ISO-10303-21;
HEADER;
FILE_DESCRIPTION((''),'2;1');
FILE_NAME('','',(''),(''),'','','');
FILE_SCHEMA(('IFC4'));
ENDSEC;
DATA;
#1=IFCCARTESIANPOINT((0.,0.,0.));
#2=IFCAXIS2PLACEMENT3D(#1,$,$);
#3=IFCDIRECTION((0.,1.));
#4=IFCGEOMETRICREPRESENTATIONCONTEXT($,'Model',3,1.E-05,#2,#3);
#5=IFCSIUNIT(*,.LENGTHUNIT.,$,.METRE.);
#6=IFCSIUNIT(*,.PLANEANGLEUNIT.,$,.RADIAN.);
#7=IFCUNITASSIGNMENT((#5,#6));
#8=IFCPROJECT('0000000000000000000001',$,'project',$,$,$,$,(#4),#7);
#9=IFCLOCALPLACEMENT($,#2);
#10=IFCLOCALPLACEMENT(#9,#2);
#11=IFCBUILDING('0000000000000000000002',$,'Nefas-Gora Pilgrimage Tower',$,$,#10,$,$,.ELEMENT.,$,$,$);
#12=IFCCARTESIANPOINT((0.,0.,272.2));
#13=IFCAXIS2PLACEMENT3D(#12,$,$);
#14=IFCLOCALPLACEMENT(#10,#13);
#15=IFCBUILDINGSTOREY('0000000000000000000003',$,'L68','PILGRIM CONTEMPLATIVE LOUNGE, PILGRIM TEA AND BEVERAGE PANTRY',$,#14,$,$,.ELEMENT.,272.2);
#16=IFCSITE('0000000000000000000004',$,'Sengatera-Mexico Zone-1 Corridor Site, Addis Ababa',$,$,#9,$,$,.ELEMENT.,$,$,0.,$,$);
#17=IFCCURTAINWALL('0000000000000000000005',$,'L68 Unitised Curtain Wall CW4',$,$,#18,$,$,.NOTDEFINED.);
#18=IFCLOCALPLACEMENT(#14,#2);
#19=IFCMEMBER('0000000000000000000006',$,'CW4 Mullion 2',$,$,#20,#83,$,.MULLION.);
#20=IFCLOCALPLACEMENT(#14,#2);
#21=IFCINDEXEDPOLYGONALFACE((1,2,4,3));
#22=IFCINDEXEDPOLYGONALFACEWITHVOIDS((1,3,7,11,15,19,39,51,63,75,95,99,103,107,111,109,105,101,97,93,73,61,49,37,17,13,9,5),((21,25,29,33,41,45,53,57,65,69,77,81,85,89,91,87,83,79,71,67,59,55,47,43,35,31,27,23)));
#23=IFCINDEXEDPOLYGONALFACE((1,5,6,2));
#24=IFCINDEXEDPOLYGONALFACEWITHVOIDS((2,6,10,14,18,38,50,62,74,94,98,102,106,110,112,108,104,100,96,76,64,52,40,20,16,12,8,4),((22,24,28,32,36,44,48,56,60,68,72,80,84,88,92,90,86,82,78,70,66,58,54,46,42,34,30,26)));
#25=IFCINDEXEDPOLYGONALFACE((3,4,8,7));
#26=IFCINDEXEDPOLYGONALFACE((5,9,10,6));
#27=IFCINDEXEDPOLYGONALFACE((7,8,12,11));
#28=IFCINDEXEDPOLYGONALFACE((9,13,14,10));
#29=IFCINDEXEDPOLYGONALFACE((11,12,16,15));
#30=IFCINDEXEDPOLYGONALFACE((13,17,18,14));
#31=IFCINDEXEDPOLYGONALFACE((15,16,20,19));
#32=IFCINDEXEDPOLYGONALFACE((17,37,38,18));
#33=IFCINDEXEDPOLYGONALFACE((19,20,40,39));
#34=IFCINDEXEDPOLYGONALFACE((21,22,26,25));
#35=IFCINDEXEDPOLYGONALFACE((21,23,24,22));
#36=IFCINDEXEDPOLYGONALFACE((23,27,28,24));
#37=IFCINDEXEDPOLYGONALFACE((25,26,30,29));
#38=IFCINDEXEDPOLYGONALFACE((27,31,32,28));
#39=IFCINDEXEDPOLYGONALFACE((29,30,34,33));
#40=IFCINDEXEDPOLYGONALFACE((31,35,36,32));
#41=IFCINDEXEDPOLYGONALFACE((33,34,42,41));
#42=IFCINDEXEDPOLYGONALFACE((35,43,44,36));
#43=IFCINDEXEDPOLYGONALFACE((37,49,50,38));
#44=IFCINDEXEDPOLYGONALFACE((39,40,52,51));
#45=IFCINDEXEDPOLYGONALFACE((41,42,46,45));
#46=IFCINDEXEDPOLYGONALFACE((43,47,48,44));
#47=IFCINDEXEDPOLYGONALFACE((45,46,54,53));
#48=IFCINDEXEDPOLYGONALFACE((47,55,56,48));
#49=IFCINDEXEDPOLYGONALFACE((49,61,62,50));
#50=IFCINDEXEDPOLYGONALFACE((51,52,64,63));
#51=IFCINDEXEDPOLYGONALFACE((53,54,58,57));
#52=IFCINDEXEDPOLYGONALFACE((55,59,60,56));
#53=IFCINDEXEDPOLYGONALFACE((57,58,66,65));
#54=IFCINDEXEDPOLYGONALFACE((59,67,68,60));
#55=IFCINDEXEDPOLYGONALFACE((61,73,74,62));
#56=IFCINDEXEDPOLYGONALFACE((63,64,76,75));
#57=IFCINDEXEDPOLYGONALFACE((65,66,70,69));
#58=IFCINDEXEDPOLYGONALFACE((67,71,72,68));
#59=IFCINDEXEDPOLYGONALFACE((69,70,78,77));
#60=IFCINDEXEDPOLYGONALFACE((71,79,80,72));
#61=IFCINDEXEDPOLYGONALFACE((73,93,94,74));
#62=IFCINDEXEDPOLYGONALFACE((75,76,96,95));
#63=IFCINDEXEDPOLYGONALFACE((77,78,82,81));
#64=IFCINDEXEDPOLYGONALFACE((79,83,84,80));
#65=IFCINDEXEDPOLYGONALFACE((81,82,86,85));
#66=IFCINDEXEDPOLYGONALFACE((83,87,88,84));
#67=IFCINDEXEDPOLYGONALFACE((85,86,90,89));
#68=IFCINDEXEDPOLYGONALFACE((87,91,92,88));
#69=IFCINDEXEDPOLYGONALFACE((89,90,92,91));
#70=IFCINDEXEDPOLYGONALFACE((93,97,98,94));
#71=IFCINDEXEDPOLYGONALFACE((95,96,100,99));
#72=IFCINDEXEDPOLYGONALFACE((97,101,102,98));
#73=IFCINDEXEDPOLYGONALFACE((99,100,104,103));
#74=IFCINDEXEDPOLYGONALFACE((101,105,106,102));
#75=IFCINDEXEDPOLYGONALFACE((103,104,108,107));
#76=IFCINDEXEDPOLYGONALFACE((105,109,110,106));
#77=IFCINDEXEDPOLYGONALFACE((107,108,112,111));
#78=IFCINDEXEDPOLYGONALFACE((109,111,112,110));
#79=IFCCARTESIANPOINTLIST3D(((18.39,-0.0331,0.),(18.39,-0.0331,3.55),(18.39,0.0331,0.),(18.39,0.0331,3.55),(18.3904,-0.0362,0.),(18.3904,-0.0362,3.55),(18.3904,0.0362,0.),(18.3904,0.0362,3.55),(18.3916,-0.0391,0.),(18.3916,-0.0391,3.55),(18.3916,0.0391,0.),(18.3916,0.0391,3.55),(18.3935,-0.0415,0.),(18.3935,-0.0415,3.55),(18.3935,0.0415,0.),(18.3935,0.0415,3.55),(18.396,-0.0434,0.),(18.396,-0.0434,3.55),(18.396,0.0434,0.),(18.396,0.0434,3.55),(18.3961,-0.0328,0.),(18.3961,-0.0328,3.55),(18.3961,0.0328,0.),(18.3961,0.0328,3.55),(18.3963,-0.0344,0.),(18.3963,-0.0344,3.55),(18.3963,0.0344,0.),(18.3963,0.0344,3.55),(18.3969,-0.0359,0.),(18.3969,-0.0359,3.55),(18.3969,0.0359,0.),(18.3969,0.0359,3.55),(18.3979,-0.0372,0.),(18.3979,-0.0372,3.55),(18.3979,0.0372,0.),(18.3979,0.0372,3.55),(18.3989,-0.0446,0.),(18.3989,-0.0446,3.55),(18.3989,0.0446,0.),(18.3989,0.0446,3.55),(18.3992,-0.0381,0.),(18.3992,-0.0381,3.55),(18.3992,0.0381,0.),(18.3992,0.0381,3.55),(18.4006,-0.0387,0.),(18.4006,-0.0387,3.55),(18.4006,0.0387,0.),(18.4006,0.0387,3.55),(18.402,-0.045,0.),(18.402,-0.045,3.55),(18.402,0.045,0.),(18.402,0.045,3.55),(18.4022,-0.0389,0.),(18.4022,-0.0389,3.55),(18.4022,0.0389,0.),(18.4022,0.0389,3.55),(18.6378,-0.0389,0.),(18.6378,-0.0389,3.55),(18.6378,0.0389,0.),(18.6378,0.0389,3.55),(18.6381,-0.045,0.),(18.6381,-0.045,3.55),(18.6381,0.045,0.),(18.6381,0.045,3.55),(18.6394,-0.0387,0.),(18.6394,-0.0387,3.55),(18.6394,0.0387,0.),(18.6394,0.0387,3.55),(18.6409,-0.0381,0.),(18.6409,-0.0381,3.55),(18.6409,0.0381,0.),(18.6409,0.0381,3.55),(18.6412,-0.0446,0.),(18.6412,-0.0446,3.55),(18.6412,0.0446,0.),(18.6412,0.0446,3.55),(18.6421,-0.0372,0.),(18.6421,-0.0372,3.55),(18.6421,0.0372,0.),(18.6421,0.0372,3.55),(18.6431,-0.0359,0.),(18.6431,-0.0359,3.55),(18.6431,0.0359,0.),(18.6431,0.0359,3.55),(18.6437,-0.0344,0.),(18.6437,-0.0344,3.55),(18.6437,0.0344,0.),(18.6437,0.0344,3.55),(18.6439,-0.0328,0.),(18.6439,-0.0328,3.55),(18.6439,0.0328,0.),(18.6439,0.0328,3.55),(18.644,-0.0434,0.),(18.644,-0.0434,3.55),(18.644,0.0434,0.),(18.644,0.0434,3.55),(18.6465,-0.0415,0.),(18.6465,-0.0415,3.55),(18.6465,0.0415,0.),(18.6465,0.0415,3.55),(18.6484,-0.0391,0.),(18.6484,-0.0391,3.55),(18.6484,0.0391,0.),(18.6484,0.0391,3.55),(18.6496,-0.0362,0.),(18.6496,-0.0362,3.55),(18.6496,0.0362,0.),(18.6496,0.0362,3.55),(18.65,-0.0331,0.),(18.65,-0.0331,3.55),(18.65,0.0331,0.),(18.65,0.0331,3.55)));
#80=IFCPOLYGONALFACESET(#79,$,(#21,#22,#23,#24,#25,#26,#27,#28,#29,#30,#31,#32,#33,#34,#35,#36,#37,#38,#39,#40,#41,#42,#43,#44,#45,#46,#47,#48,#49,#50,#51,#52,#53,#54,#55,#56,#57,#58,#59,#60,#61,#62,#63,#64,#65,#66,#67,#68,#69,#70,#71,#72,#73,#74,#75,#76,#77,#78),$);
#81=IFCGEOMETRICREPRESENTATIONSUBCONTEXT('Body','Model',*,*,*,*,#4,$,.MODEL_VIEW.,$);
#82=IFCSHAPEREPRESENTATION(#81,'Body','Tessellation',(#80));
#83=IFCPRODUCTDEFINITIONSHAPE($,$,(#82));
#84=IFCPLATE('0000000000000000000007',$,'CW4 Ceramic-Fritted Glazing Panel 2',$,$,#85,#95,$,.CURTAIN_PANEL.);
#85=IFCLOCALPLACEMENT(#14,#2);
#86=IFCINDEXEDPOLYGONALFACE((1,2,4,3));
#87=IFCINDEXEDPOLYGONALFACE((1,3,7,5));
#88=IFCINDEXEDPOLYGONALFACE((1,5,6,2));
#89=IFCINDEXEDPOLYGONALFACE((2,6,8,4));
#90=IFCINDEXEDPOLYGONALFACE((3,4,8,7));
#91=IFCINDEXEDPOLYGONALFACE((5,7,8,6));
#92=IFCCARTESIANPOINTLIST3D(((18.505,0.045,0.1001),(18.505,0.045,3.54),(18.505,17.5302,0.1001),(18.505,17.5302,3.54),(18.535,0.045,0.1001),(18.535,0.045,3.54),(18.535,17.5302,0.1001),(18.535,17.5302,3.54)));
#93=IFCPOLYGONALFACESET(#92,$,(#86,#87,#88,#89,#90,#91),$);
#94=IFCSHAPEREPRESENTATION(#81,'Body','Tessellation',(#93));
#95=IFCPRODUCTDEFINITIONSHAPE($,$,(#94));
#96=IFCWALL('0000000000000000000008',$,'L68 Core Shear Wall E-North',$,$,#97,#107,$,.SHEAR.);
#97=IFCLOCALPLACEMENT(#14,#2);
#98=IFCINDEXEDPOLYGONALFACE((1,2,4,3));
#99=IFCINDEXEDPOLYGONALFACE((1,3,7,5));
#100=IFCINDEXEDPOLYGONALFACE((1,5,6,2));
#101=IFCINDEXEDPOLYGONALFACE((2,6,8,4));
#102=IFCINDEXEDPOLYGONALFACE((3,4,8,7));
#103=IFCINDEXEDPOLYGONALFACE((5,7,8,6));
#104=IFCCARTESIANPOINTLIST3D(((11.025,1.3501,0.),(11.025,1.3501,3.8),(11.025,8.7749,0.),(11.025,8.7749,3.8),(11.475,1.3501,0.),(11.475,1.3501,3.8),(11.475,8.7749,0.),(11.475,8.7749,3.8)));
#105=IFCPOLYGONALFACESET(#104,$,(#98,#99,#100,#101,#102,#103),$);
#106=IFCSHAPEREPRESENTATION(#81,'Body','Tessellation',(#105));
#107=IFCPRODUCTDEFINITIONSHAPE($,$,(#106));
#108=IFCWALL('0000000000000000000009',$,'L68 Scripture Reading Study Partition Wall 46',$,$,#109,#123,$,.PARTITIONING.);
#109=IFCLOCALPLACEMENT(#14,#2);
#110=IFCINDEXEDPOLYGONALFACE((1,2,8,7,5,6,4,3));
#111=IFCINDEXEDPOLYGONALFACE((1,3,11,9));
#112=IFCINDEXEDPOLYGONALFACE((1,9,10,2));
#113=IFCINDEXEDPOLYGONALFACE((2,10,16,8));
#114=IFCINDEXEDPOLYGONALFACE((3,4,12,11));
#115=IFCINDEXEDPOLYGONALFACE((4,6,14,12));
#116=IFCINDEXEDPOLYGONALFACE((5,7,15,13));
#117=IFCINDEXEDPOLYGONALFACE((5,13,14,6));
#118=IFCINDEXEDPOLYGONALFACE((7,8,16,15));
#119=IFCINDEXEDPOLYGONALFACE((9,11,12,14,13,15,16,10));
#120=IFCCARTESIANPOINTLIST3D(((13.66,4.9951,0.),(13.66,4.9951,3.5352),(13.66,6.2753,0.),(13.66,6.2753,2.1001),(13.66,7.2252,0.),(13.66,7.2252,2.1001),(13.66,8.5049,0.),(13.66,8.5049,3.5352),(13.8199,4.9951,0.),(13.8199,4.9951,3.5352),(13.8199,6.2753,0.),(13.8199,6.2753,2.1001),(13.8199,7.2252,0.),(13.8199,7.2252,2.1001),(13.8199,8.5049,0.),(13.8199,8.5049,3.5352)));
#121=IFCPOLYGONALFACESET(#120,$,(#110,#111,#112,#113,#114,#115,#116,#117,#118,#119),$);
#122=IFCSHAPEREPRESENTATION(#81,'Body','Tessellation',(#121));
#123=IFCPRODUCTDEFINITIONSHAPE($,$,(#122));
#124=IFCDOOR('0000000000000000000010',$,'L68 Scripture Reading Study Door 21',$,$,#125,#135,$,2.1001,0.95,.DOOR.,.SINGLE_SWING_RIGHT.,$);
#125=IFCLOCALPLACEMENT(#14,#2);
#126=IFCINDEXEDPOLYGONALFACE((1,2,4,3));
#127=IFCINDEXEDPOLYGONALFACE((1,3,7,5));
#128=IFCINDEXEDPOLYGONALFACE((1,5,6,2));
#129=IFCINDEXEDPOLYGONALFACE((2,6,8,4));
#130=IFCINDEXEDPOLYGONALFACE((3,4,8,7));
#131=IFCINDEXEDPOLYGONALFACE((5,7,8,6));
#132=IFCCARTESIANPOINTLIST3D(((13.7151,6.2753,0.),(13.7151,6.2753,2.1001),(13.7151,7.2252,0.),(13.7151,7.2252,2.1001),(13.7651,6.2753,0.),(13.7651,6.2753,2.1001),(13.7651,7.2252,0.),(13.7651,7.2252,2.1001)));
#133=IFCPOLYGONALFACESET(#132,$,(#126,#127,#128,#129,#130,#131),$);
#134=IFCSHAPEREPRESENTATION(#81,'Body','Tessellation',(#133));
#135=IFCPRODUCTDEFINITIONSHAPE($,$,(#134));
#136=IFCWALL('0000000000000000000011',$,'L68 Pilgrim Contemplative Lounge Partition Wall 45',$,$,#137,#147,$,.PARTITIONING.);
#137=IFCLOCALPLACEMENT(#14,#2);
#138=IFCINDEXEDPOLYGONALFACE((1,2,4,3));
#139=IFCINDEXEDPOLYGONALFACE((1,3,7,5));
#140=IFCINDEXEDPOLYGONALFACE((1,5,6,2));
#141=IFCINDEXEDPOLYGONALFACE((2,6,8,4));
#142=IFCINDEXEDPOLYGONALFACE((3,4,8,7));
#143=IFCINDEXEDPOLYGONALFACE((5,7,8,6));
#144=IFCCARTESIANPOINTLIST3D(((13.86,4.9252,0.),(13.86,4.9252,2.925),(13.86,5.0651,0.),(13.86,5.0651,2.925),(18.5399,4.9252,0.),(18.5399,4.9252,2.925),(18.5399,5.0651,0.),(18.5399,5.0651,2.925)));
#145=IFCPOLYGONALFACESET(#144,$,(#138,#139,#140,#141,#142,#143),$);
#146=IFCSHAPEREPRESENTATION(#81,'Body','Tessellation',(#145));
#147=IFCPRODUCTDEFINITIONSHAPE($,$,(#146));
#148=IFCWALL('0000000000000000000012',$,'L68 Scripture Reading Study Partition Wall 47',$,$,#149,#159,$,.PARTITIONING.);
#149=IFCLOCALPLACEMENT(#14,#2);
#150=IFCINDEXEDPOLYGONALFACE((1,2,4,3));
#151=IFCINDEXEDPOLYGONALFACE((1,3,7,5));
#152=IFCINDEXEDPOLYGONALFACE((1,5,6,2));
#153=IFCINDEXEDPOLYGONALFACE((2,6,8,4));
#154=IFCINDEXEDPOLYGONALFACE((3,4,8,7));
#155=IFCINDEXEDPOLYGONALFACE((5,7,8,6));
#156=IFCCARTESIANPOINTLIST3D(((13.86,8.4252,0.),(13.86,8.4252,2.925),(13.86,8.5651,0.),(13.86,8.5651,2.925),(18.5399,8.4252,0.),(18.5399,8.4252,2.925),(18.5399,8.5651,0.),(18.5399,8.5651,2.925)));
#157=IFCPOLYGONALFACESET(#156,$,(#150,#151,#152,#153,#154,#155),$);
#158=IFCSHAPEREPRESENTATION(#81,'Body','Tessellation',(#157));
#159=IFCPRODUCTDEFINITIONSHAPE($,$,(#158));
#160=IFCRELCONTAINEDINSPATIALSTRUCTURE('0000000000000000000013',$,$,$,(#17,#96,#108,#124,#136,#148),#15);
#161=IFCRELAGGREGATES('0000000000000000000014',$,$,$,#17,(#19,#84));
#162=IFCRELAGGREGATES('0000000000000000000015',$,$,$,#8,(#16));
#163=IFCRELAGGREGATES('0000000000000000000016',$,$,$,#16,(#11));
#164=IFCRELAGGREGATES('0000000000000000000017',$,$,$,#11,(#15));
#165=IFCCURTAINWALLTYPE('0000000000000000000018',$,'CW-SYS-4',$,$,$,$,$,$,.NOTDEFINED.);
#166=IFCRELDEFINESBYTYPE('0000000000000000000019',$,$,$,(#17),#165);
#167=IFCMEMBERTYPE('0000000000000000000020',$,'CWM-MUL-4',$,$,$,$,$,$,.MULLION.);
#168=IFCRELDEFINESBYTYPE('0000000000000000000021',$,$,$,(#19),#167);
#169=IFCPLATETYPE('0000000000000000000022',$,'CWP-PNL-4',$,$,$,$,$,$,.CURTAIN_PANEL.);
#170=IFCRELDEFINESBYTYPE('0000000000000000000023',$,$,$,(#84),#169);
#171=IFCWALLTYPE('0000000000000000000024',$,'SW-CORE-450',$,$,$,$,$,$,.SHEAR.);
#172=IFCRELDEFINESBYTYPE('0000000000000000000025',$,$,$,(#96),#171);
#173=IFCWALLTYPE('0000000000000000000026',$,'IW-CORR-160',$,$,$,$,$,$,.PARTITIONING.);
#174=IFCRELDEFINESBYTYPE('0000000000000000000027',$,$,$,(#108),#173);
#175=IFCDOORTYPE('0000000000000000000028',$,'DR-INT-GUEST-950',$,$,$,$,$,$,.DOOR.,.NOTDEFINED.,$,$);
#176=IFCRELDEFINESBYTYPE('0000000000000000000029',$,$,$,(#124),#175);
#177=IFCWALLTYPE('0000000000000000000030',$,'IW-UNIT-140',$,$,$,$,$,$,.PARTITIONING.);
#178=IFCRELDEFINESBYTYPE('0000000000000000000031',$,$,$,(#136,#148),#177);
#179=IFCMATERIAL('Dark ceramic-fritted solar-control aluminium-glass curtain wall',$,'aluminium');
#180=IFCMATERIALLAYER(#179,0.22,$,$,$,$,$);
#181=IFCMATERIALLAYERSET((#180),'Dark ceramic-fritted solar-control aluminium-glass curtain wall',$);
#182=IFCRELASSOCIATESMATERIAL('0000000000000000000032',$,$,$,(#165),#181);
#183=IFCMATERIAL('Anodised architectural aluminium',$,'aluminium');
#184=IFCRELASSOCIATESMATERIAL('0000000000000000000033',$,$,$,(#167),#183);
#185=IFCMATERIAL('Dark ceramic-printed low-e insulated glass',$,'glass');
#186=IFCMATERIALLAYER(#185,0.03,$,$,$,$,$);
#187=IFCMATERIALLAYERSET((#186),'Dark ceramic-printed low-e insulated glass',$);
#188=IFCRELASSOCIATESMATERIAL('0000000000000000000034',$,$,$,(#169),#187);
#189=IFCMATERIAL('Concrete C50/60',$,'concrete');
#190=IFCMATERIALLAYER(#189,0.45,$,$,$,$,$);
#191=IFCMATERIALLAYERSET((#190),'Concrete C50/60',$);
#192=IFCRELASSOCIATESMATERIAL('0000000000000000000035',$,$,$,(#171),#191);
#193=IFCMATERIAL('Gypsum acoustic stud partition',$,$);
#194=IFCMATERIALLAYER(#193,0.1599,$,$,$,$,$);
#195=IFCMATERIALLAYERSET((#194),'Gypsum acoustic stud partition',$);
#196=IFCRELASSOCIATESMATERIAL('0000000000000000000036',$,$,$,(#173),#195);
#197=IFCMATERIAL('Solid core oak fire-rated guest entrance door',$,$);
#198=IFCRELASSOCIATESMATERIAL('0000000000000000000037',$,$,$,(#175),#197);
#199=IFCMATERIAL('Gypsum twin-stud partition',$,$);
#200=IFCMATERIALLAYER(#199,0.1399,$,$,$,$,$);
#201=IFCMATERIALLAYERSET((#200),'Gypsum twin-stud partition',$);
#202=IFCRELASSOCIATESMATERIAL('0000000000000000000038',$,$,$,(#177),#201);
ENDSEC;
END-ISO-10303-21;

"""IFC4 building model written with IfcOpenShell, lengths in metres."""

from ifc_helpers import new_model, si_unit, direction, frame, frame_2d, origin, origin_2d, place, context, subcontext, project, spatial, rectangle, hollow_rectangle, extrude, source, transform, mapped, material, layer, layer_set, material_profile, profile_set, type_object, element, fill, aggregate, save


model = new_model("IFC4")

# Units and contexts
model_context = context("Model", 3, precision=1e-05, world=origin(), true_north=direction((0.0, 1.0)))
body_context = subcontext(model_context, "Body", "Model", "MODEL_VIEW")
ifc_project = project(units=[si_unit("LENGTHUNIT", "METRE"), si_unit("PLANEANGLEUNIT", "RADIAN")], contexts=[model_context])

# Site, building, storey
site_placement = place(None, origin())
site = spatial("IfcSite", under=ifc_project, at=site_placement, Name="Sengatera-Mexico Zone-1 Corridor Site, Addis Ababa", CompositionType="ELEMENT", RefElevation=0.0)
building_placement = place(site_placement, origin())
building = spatial("IfcBuilding", under=site, at=building_placement, Name="Nefas-Gora Pilgrimage Tower", CompositionType="ELEMENT")
storey_placement = place(building_placement, frame((0.0, 0.0, 272.2)))
storey = spatial("IfcBuildingStorey", under=building, at=storey_placement, Name="L68", Description="PILGRIM CONTEMPLATIVE LOUNGE, PILGRIM TEA AND BEVERAGE PANTRY", CompositionType="ELEMENT", Elevation=272.2)

# Curtain wall, member, plate
ifc_material_1 = material(Name="Dark ceramic-fritted solar-control aluminium-glass curtain wall", Category="aluminium")
ifc_layer_1 = layer(ifc_material_1, 0.22)
ifc_layer_set_1 = layer_set([ifc_layer_1], Name="Dark ceramic-fritted solar-control aluminium-glass curtain wall")
curtain_wall_type = type_object("IfcCurtainWallType", Name="CW-SYS-4", PredefinedType="NOTDEFINED", material=ifc_layer_set_1)
curtain_wall_placement = place(storey_placement, origin())
curtain_wall = element("IfcCurtainWall", 1, at=curtain_wall_placement, inside=storey, type_object=curtain_wall_type, Name="L68 Unitised Curtain Wall CW4", PredefinedType="NOTDEFINED")
ifc_material_2 = material(Name="Anodised architectural aluminium", Category="aluminium")
ifc_material_profile_1 = material_profile(ifc_material_2, hollow_rectangle(XDim=0.0901, YDim=0.26, WallThickness=0.0061, InnerFilletRadius=0.0061, OuterFilletRadius=0.012, at=origin_2d()), Name="ALU MULLION 90x260")
ifc_profile_set_1 = profile_set([ifc_material_profile_1], Name="Anodised architectural aluminium")
member_type = type_object("IfcMemberType", Name="CWM-MUL-4", PredefinedType="MULLION", material=ifc_profile_set_1)
shared_shape_1 = source(origin(), body_context, "Body", "SweptSolid", [
    extrude(hollow_rectangle(XDim=0.0901, YDim=0.26, WallThickness=0.0061, InnerFilletRadius=0.0061, OuterFilletRadius=0.012, at=origin_2d()), origin(), (0.0, 0.0, 1.0), 3.55),
])
member_placement = place(storey_placement, frame((18.52, 0.0, 0.0), z_axis=(0.0, 0.0, 1.0), x_axis=(0.0, 1.0, 0.0)))
member = element("IfcMember", 2, at=member_placement, type_object=member_type, Name="CW4 Mullion 2", PredefinedType="MULLION", context=body_context, shape_type="MappedRepresentation", body=[
    mapped(shared_shape_1, transform((0.0, 0.0, 0.0), x_axis=(1.0, 0.0, 0.0), y_axis=(0.0, 1.0, 0.0), z_axis=(0.0, 0.0, 1.0), scale=1.0)),
])
ifc_material_3 = material(Name="Dark ceramic-printed low-e insulated glass", Category="glass")
ifc_layer_2 = layer(ifc_material_3, 0.03)
ifc_layer_set_2 = layer_set([ifc_layer_2], Name="Dark ceramic-printed low-e insulated glass")
plate_type = type_object("IfcPlateType", Name="CWP-PNL-4", PredefinedType="CURTAIN_PANEL", material=ifc_layer_set_2)
shared_shape_2 = source(origin(), body_context, "Body", "SweptSolid", [
    extrude(rectangle(XDim=17.4851, YDim=0.03, at=origin_2d()), origin(), (0.0, 0.0, 1.0), 3.4399),
])
plate_placement = place(storey_placement, frame((18.52, 8.7876, 0.1001), z_axis=(0.0, 0.0, 1.0), x_axis=(0.0, 1.0, 0.0)))
plate = element("IfcPlate", 3, at=plate_placement, type_object=plate_type, Name="CW4 Ceramic-Fritted Glazing Panel 2", PredefinedType="CURTAIN_PANEL", context=body_context, shape_type="MappedRepresentation", body=[
    mapped(shared_shape_2, transform((0.0, 0.0, 0.0), x_axis=(1.0, 0.0, 0.0), y_axis=(0.0, 1.0, 0.0), z_axis=(0.0, 0.0, 1.0), scale=1.0)),
])
aggregate(curtain_wall, [member, plate])

# Wall
ifc_material_4 = material(Name="Concrete C50/60", Category="concrete")
ifc_layer_3 = layer(ifc_material_4, 0.45)
ifc_layer_set_3 = layer_set([ifc_layer_3], Name="Concrete C50/60")
wall_type_1 = type_object("IfcWallType", Name="SW-CORE-450", PredefinedType="SHEAR", material=ifc_layer_set_3)
shared_shape_3 = source(origin(), body_context, "Body", "SweptSolid", [
    extrude(rectangle(XDim=7.4248, YDim=0.45, at=frame_2d((3.7124, 0.0))), origin(), (0.0, 0.0, 1.0), 3.8),
])
wall_1_placement = place(storey_placement, frame((11.25, 1.3501, 0.0), z_axis=(0.0, 0.0, 1.0), x_axis=(0.0, 1.0, 0.0)))
element("IfcWall", 4, at=wall_1_placement, inside=storey, type_object=wall_type_1, Name="L68 Core Shear Wall E-North", PredefinedType="SHEAR", context=body_context, shape_type="MappedRepresentation", body=[
    mapped(shared_shape_3, transform((0.0, 0.0, 0.0), x_axis=(1.0, 0.0, 0.0), y_axis=(0.0, 1.0, 0.0), z_axis=(0.0, 0.0, 1.0), scale=1.0)),
])

# Wall, opening, door
ifc_material_5 = material(Name="Gypsum acoustic stud partition")
ifc_layer_4 = layer(ifc_material_5, 0.1599)
ifc_layer_set_4 = layer_set([ifc_layer_4], Name="Gypsum acoustic stud partition")
wall_type_2 = type_object("IfcWallType", Name="IW-CORR-160", PredefinedType="PARTITIONING", material=ifc_layer_set_4)
shared_shape_4 = source(origin(), body_context, "Body", "SweptSolid", [
    extrude(rectangle(XDim=3.5098, YDim=0.1599, at=frame_2d((1.7549, 0.0))), origin(), (0.0, 0.0, 1.0), 3.5352),
])
wall_2_placement = place(storey_placement, frame((13.74, 4.9951, 0.0), z_axis=(0.0, 0.0, 1.0), x_axis=(0.0, 1.0, 0.0)))
wall_2 = element("IfcWall", 5, at=wall_2_placement, inside=storey, type_object=wall_type_2, Name="L68 Scripture Reading Study Partition Wall 46", PredefinedType="PARTITIONING", context=body_context, shape_type="MappedRepresentation", body=[
    mapped(shared_shape_4, transform((0.0, 0.0, 0.0), x_axis=(1.0, 0.0, 0.0), y_axis=(0.0, 1.0, 0.0), z_axis=(0.0, 0.0, 1.0), scale=1.0)),
])
opening_1_placement = place(wall_2_placement, frame((1.28, 0.0, 0.0)))
opening_1 = element("IfcOpeningElement", 6, at=opening_1_placement, cuts=wall_2, PredefinedType="OPENING", context=body_context, shape_type="SweptSolid", body=[
    extrude(rectangle(XDim=0.95, YDim=2.1001, at=frame_2d((0.4751, 1.05))), frame((0.0, 0.0898, 0.0), z_axis=(0.0, -1.0, 0.0), x_axis=(1.0, 0.0, 0.0)), (0.0, 0.0, 1.0), 0.1799),
])
ifc_material_6 = material(Name="Solid core oak fire-rated guest entrance door")
door_type = type_object("IfcDoorType", Name="DR-INT-GUEST-950", OperationType="NOTDEFINED", PredefinedType="DOOR", material=ifc_material_6)
shared_shape_5 = source(origin(), body_context, "Body", "SweptSolid", [
    extrude(rectangle(XDim=0.95, YDim=2.1001, at=frame_2d((0.4751, 1.05))), frame((0.0, 0.0249, 0.0), z_axis=(0.0, -1.0, 0.0), x_axis=(1.0, 0.0, 0.0)), (0.0, 0.0, 1.0), 0.05),
])
door_1_placement = place(opening_1_placement, origin())
door_1 = element("IfcDoor", 7, at=door_1_placement, inside=storey, type_object=door_type, Name="L68 Scripture Reading Study Door 21", OperationType="SINGLE_SWING_RIGHT", OverallHeight=2.1001, OverallWidth=0.95, PredefinedType="DOOR", context=body_context, shape_type="MappedRepresentation", body=[
    mapped(shared_shape_5, transform((0.0, 0.0, 0.0), x_axis=(1.0, 0.0, 0.0), y_axis=(0.0, 1.0, 0.0), z_axis=(0.0, 0.0, 1.0), scale=1.0)),
])
fill(opening_1, door_1)

# Walls
ifc_material_7 = material(Name="Gypsum twin-stud partition")
ifc_layer_5 = layer(ifc_material_7, 0.1399)
ifc_layer_set_5 = layer_set([ifc_layer_5], Name="Gypsum twin-stud partition")
wall_type_3 = type_object("IfcWallType", Name="IW-UNIT-140", PredefinedType="PARTITIONING", material=ifc_layer_set_5)
shared_shape_6 = source(origin(), body_context, "Body", "SweptSolid", [
    extrude(rectangle(XDim=4.6799, YDim=0.1399, at=frame_2d((2.3398, 0.0))), origin(), (0.0, 0.0, 1.0), 2.925),
])
for number, where, z_axis, x_axis, name in (
    (8, (13.8601, 4.9951, 0.0), (0.0, 0.0, 1.0), (1.0, 0.0, 0.0), "L68 Pilgrim Contemplative Lounge Partition Wall 45"),
    (9, (13.8601, 8.4951, 0.0), (0.0, 0.0, 1.0), (1.0, 0.0, 0.0), "L68 Scripture Reading Study Partition Wall 47"),
):
    element("IfcWall", number, at=place(storey_placement, frame(where, z_axis=z_axis, x_axis=x_axis)), inside=storey, type_object=wall_type_3, Name=name, PredefinedType="PARTITIONING", context=body_context, shape_type="MappedRepresentation", body=[
        mapped(shared_shape_6, transform((0.0, 0.0, 0.0), x_axis=(1.0, 0.0, 0.0), y_axis=(0.0, 1.0, 0.0), z_axis=(0.0, 0.0, 1.0), scale=1.0)),
    ])

save(model, "model.ifc")
